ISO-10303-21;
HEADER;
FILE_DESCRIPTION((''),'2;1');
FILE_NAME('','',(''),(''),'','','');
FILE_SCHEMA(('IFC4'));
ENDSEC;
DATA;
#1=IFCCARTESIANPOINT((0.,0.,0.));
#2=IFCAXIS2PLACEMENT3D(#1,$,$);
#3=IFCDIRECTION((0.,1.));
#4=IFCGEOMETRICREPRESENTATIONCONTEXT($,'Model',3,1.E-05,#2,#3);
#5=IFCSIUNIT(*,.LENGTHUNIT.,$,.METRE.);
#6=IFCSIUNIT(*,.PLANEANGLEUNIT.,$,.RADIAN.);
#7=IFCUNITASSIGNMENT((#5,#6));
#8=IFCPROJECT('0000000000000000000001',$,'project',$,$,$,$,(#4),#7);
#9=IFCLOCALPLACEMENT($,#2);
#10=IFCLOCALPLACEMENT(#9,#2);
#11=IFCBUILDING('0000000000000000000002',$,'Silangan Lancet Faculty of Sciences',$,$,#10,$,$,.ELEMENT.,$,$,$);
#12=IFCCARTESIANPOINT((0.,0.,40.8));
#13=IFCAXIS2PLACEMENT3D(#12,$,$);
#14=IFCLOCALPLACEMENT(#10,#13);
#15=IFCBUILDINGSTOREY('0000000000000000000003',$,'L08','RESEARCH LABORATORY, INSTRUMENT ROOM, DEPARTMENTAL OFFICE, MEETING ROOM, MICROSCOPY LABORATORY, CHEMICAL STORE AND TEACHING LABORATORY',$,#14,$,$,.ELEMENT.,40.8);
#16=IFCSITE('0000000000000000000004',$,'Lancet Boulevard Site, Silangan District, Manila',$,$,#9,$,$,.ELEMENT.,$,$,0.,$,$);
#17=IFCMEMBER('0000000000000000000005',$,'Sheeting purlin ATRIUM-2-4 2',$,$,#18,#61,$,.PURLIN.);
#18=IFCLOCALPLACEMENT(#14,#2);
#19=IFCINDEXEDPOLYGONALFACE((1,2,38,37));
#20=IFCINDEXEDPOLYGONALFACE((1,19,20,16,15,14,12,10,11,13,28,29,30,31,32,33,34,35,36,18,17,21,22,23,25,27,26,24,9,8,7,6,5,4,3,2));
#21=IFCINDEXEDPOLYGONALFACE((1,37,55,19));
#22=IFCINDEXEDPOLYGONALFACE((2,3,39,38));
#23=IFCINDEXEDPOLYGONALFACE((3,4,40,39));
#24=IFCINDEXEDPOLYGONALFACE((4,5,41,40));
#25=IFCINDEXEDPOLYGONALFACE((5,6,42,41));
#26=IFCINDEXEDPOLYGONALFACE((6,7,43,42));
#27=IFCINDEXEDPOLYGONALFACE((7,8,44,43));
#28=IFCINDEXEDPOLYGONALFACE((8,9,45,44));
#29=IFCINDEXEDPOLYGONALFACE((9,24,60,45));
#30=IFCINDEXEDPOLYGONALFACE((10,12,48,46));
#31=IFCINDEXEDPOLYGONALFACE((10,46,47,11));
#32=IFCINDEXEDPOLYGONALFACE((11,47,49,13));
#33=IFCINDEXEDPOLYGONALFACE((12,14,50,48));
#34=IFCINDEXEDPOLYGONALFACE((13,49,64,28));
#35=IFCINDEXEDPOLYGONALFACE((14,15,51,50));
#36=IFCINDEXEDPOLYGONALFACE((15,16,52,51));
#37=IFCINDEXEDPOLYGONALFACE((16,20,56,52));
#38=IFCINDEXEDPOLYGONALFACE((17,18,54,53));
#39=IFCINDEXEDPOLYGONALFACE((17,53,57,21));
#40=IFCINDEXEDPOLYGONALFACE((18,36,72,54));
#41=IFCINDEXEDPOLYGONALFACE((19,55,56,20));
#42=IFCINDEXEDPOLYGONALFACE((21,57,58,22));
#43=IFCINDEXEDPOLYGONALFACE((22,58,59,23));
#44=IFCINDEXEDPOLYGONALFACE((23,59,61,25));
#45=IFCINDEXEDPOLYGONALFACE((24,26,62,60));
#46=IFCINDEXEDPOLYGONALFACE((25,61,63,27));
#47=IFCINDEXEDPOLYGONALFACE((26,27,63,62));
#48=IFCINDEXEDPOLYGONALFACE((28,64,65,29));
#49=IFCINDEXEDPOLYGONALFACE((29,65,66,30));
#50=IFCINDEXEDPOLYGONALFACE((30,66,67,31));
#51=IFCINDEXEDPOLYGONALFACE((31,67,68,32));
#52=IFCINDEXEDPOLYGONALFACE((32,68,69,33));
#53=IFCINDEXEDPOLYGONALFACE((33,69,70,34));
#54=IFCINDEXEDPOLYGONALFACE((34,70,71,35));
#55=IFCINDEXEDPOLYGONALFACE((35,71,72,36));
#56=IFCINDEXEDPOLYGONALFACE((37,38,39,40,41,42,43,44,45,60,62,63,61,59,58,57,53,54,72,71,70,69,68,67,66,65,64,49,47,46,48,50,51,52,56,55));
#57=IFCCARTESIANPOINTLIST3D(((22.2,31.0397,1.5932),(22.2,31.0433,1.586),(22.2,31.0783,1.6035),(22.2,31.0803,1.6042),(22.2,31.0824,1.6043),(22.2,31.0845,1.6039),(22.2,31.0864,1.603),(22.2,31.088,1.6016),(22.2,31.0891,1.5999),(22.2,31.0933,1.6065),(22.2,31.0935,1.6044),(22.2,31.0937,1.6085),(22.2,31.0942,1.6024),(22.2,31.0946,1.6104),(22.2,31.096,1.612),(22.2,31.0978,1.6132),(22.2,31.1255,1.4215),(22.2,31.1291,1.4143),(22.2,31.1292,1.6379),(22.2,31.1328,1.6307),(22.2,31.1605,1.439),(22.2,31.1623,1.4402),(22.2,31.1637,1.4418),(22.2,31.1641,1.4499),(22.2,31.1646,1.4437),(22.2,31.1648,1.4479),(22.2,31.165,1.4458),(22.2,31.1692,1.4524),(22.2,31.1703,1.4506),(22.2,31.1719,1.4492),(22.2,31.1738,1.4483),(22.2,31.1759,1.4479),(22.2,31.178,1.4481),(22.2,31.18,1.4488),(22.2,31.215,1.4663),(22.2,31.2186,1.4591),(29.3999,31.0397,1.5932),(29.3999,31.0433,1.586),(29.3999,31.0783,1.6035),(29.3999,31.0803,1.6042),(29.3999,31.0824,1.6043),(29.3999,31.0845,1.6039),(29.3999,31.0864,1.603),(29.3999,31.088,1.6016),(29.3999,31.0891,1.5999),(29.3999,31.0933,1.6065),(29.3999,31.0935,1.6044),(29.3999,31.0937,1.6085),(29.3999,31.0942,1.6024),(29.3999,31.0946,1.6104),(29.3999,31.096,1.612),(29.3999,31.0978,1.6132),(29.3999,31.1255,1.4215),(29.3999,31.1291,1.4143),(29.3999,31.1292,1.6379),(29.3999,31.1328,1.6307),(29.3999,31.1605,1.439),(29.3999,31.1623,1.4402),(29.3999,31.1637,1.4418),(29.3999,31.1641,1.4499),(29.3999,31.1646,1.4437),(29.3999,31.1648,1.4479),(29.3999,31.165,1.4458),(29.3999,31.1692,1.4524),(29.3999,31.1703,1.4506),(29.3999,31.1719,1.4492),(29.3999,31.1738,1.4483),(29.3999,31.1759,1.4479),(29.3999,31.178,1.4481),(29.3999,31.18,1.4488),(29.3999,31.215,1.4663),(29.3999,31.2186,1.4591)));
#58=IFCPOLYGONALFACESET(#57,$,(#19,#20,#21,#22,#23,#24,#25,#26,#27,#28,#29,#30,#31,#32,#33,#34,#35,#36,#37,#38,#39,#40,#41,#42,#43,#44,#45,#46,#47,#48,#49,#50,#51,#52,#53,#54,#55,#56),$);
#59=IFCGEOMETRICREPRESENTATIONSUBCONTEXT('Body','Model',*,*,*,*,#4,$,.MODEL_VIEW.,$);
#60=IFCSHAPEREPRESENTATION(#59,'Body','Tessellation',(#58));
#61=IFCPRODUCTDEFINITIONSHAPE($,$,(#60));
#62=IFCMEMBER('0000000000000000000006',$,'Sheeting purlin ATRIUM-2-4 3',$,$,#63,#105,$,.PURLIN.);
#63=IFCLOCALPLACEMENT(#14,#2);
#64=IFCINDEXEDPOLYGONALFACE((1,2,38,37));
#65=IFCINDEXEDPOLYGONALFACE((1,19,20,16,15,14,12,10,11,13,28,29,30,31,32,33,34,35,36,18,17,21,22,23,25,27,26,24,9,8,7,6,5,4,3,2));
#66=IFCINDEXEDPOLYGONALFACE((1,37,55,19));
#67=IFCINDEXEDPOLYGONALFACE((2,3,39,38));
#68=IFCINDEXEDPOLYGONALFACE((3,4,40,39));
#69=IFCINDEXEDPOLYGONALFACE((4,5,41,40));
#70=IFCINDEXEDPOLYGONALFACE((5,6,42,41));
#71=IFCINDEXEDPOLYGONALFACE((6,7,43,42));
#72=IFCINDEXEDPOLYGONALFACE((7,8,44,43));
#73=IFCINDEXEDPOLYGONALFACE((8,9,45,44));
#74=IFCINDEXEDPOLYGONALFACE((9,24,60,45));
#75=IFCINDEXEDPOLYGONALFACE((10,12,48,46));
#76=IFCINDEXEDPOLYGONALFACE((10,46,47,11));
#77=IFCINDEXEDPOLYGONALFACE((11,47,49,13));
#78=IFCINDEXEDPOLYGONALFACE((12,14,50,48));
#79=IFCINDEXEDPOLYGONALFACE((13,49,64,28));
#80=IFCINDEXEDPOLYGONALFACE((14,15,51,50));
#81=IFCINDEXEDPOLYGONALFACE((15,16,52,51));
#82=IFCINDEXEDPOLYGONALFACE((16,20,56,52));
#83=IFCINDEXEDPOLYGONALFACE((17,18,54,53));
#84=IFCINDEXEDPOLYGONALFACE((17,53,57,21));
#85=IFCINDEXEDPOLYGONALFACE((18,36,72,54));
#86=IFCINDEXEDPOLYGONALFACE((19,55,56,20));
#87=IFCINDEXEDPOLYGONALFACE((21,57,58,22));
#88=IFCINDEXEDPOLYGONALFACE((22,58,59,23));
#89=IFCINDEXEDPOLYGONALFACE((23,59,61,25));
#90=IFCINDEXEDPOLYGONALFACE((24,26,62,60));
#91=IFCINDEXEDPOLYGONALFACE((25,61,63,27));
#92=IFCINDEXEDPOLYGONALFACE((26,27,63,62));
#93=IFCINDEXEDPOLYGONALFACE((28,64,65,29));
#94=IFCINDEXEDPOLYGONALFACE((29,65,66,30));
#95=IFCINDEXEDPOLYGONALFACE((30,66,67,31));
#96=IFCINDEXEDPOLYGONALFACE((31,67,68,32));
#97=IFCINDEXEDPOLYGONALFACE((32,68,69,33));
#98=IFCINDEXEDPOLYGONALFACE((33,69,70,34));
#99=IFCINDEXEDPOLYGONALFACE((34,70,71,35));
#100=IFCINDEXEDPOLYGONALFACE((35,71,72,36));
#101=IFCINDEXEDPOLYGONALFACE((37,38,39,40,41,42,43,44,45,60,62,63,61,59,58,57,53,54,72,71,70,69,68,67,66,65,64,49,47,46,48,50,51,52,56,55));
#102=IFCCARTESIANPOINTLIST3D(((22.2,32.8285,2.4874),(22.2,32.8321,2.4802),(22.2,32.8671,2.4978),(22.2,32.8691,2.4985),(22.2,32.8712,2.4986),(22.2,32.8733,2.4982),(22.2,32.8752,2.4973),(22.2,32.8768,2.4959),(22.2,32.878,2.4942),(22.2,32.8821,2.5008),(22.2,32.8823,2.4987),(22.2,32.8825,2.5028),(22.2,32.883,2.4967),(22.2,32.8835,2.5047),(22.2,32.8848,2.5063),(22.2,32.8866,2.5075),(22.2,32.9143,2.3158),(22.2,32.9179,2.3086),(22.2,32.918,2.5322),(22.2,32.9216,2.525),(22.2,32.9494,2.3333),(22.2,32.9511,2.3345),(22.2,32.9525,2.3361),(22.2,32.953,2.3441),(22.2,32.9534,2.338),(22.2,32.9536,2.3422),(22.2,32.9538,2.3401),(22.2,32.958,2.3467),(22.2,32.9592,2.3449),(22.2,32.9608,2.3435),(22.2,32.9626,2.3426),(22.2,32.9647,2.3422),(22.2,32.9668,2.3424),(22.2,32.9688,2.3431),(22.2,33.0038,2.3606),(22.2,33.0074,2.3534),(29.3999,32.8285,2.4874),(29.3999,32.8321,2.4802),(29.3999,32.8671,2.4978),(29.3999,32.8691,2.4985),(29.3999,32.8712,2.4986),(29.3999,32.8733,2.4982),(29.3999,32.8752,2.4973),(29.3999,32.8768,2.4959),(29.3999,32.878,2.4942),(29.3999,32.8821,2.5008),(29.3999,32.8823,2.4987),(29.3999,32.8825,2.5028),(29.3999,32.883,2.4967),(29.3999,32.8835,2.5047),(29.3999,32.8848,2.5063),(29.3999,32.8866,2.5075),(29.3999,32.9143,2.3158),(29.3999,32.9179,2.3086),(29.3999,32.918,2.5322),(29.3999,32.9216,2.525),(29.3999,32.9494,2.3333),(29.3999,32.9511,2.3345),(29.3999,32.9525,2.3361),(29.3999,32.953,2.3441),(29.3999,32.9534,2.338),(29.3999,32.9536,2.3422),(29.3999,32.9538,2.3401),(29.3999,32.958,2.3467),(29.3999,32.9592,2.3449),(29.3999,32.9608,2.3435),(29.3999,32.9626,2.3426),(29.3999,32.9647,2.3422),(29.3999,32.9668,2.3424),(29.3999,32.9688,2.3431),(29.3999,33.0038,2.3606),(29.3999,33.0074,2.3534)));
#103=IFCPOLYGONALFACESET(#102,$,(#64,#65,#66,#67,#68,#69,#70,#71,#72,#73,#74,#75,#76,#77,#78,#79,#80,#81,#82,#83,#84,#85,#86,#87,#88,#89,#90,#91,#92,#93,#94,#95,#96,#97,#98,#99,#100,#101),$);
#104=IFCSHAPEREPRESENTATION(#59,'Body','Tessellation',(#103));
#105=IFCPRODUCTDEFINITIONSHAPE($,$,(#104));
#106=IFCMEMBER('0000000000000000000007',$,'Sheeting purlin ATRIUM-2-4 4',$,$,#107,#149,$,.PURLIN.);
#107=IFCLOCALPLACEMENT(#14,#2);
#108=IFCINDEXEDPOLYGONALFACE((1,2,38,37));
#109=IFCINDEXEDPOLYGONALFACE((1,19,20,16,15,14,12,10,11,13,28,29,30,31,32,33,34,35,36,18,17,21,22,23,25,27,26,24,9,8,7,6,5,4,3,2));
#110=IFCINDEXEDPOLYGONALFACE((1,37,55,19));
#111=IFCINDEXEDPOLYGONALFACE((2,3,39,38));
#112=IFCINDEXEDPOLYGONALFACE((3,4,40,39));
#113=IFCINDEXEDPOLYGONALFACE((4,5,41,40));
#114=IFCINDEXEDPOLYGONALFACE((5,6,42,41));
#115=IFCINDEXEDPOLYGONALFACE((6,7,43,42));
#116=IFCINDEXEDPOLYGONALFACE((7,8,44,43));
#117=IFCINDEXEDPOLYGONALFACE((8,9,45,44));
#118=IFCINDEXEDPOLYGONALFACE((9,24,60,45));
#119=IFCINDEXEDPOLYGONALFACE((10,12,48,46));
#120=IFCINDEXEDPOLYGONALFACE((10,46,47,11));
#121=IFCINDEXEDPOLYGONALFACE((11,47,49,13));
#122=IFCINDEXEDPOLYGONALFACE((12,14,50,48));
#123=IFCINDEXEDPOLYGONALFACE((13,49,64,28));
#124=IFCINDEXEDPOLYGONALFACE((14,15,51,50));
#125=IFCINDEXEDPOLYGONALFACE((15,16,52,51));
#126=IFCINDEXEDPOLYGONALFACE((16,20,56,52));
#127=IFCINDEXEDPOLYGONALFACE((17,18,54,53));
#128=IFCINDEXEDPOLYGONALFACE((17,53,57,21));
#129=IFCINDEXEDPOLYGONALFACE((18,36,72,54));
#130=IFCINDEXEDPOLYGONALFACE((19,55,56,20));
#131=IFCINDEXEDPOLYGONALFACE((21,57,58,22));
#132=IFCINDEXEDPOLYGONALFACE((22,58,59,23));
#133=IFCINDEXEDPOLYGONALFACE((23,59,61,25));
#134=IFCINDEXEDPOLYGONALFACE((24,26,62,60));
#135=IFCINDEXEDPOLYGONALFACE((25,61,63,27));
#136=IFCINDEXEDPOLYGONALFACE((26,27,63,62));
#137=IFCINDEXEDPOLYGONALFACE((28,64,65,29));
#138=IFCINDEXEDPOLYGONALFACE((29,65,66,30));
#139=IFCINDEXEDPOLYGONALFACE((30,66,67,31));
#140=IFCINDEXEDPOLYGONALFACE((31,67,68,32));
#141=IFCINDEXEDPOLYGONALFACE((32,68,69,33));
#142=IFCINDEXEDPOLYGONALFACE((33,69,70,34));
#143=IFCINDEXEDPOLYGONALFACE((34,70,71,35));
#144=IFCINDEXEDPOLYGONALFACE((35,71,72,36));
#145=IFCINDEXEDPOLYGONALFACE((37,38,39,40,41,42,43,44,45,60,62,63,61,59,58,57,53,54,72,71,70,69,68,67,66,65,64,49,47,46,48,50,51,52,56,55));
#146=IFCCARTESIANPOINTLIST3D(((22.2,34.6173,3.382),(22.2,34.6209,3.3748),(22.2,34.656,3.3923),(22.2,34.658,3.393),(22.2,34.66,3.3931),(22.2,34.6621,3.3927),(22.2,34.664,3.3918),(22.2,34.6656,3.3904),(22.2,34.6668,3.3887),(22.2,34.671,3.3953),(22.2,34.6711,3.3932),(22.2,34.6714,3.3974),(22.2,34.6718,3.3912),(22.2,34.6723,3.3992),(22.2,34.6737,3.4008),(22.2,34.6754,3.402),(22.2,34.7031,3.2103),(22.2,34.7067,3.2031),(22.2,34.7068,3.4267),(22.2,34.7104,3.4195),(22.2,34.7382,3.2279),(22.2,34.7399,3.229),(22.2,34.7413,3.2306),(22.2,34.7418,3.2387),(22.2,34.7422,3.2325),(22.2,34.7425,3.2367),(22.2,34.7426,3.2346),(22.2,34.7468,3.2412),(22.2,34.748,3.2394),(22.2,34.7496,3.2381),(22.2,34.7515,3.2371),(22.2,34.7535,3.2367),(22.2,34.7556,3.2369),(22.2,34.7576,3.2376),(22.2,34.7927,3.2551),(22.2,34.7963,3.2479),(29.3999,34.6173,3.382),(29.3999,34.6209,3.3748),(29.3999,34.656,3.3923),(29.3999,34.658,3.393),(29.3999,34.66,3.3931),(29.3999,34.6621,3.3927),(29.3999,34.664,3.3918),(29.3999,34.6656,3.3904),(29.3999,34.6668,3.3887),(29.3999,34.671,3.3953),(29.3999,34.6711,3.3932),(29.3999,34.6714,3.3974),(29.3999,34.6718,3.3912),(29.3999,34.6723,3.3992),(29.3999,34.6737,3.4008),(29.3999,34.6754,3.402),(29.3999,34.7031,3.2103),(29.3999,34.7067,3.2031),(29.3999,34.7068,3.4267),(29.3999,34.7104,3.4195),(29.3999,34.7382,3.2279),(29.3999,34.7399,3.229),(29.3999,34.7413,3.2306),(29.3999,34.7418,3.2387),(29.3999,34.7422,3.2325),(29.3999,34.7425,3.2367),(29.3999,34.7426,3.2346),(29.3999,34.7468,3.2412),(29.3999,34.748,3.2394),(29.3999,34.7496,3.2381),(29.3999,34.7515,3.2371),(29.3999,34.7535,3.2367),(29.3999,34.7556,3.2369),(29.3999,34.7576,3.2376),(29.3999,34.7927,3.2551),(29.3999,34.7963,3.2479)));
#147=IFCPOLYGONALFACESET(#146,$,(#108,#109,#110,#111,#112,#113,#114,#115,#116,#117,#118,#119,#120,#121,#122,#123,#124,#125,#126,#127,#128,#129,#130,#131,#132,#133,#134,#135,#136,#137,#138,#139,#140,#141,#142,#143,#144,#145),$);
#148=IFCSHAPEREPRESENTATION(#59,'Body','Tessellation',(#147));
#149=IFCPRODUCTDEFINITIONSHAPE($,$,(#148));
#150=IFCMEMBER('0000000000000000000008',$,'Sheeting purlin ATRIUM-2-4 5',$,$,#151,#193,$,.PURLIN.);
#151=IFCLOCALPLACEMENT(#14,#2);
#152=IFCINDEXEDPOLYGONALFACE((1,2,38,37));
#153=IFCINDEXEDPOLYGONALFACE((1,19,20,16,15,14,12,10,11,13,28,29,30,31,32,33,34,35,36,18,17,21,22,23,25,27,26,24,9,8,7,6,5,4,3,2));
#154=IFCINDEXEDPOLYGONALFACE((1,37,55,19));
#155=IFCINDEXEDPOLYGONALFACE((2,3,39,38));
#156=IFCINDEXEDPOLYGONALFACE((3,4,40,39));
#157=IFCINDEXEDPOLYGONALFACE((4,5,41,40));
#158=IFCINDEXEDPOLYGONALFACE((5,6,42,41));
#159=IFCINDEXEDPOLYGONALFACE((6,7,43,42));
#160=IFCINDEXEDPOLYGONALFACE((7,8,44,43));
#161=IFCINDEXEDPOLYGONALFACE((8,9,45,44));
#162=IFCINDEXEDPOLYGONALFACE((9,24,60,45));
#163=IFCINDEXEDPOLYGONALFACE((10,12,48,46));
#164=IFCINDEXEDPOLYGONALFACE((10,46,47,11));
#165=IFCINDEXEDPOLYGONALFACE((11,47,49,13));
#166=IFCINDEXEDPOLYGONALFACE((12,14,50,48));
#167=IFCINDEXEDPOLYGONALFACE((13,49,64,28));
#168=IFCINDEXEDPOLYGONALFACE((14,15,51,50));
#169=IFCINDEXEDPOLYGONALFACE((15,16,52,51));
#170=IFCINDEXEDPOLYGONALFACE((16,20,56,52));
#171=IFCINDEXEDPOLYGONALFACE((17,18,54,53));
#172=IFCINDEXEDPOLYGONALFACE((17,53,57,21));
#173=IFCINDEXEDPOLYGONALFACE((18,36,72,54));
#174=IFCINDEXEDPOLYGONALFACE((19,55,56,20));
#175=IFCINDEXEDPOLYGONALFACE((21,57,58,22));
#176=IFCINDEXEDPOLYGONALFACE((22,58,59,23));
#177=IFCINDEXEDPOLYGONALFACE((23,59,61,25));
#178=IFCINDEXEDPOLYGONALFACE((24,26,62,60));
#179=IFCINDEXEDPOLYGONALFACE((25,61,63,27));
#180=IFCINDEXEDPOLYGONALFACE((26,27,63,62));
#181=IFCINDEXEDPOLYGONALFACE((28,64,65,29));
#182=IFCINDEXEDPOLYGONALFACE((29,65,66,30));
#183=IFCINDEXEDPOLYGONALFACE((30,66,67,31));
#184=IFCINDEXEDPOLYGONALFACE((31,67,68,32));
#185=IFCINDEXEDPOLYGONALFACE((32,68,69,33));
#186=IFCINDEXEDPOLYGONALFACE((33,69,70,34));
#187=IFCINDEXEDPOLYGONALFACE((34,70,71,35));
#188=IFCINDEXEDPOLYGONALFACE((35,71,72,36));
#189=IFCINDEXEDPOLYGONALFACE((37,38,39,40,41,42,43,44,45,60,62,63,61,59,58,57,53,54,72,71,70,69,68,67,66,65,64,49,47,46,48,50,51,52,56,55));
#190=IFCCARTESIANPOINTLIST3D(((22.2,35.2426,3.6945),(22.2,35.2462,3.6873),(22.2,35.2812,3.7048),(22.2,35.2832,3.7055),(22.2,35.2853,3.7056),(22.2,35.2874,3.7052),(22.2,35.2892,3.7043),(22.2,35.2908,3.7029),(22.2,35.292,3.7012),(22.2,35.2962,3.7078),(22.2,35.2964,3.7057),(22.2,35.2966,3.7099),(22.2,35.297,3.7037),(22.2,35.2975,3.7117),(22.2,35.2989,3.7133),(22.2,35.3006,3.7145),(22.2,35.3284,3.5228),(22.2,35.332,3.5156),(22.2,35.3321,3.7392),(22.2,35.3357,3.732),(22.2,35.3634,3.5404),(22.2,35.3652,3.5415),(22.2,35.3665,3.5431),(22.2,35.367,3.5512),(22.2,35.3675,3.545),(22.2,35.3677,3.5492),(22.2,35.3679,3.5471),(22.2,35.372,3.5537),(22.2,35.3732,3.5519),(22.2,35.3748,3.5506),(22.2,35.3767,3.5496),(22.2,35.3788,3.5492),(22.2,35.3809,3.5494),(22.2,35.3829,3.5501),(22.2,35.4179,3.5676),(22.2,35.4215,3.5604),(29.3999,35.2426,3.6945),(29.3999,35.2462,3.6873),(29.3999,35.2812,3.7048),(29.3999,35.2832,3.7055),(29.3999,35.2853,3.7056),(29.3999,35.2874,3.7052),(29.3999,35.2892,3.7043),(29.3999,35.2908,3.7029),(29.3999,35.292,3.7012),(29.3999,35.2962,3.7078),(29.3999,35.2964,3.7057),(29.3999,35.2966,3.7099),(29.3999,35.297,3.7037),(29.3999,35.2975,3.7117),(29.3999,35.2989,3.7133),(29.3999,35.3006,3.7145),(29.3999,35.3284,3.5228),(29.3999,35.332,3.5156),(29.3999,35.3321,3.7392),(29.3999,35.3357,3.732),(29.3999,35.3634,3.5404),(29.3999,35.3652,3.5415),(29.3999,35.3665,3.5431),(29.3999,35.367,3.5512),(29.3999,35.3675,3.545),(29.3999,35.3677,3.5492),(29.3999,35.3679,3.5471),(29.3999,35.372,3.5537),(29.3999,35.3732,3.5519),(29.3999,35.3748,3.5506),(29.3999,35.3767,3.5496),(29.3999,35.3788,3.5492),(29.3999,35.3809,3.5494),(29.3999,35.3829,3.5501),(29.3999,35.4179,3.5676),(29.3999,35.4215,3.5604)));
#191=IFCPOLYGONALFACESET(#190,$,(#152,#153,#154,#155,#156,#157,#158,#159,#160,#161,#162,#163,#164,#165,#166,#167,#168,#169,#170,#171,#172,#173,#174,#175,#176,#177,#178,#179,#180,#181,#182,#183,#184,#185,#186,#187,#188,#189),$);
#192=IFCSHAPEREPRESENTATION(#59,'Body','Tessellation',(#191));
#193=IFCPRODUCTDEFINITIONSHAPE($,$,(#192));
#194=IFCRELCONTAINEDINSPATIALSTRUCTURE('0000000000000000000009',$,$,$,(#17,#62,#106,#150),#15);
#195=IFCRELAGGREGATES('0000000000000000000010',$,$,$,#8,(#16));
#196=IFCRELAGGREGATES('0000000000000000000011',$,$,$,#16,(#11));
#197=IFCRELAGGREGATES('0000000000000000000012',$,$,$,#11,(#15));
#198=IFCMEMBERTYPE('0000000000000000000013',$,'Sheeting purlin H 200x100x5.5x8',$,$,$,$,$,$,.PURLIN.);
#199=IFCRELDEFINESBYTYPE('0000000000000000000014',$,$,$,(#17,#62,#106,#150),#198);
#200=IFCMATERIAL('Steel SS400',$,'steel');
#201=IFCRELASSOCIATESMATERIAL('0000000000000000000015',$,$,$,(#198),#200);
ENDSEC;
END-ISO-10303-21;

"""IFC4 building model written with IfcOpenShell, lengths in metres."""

from ifc_helpers import new_model, si_unit, direction, frame, origin, origin_2d, place, context, subcontext, project, spatial, i_section, extrude, material, material_profile, profile_set, type_object, element, save


model = new_model("IFC4")

# Units and contexts
model_context = context("Model", 3, precision=1e-05, world=origin(), true_north=direction((0.0, 1.0)))
body_context = subcontext(model_context, "Body", "Model", "MODEL_VIEW")
ifc_project = project(units=[si_unit("LENGTHUNIT", "METRE"), si_unit("PLANEANGLEUNIT", "RADIAN")], contexts=[model_context])

# Site, building, storey
site_placement = place(None, origin())
site = spatial("IfcSite", under=ifc_project, at=site_placement, Name="Lancet Boulevard Site, Silangan District, Manila", CompositionType="ELEMENT", RefElevation=0.0)
building_placement = place(site_placement, origin())
building = spatial("IfcBuilding", under=site, at=building_placement, Name="Silangan Lancet Faculty of Sciences", CompositionType="ELEMENT")
storey_placement = place(building_placement, frame((0.0, 0.0, 40.8)))
storey = spatial("IfcBuildingStorey", under=building, at=storey_placement, Name="L08", Description="RESEARCH LABORATORY, INSTRUMENT ROOM, DEPARTMENTAL OFFICE, MEETING ROOM, MICROSCOPY LABORATORY, CHEMICAL STORE AND TEACHING LABORATORY", CompositionType="ELEMENT", Elevation=40.8)

# Members
ifc_material_1 = material(Name="Steel SS400", Category="steel")
ifc_material_profile_1 = material_profile(ifc_material_1, i_section(OverallWidth=0.1001, OverallDepth=0.2, WebThickness=0.0056, FlangeThickness=0.0081, FilletRadius=0.0081, at=origin_2d()), Name="H 200x100x5.5x8")
ifc_profile_set_1 = profile_set([ifc_material_profile_1], Name="Steel SS400")
member_type_1 = type_object("IfcMemberType", Name="Sheeting purlin H 200x100x5.5x8", PredefinedType="PURLIN", material=ifc_profile_set_1)
for number, where, z_axis, x_axis, name in (
    (1, (22.2, 31.1292, 1.5261), (1.0, 0.0, 0.0), (0.0, 0.894427, 0.447214), "Sheeting purlin ATRIUM-2-4 2"),
    (2, (22.2, 32.918, 2.4204), (1.0, 0.0, 0.0), (0.0, 0.894427, 0.447214), "Sheeting purlin ATRIUM-2-4 3"),
    (3, (22.2, 34.7068, 3.3149), (1.0, 0.0, 0.0), (0.0, 0.894427, 0.447214), "Sheeting purlin ATRIUM-2-4 4"),
    (4, (22.2, 35.332, 3.6274), (1.0, 0.0, 0.0), (0.0, 0.894427, 0.447214), "Sheeting purlin ATRIUM-2-4 5"),
):
    element("IfcMember", number, at=place(storey_placement, frame(where, z_axis=z_axis, x_axis=x_axis)), inside=storey, type_object=member_type_1, Name=name, PredefinedType="PURLIN", context=body_context, shape_type="SweptSolid", body=[
        extrude(i_section(OverallWidth=0.1001, OverallDepth=0.2, WebThickness=0.0056, FlangeThickness=0.0081, FilletRadius=0.0081, at=origin_2d()), origin(), (0.0, 0.0, 1.0), 7.2),
    ])

save(model, "model.ifc")
